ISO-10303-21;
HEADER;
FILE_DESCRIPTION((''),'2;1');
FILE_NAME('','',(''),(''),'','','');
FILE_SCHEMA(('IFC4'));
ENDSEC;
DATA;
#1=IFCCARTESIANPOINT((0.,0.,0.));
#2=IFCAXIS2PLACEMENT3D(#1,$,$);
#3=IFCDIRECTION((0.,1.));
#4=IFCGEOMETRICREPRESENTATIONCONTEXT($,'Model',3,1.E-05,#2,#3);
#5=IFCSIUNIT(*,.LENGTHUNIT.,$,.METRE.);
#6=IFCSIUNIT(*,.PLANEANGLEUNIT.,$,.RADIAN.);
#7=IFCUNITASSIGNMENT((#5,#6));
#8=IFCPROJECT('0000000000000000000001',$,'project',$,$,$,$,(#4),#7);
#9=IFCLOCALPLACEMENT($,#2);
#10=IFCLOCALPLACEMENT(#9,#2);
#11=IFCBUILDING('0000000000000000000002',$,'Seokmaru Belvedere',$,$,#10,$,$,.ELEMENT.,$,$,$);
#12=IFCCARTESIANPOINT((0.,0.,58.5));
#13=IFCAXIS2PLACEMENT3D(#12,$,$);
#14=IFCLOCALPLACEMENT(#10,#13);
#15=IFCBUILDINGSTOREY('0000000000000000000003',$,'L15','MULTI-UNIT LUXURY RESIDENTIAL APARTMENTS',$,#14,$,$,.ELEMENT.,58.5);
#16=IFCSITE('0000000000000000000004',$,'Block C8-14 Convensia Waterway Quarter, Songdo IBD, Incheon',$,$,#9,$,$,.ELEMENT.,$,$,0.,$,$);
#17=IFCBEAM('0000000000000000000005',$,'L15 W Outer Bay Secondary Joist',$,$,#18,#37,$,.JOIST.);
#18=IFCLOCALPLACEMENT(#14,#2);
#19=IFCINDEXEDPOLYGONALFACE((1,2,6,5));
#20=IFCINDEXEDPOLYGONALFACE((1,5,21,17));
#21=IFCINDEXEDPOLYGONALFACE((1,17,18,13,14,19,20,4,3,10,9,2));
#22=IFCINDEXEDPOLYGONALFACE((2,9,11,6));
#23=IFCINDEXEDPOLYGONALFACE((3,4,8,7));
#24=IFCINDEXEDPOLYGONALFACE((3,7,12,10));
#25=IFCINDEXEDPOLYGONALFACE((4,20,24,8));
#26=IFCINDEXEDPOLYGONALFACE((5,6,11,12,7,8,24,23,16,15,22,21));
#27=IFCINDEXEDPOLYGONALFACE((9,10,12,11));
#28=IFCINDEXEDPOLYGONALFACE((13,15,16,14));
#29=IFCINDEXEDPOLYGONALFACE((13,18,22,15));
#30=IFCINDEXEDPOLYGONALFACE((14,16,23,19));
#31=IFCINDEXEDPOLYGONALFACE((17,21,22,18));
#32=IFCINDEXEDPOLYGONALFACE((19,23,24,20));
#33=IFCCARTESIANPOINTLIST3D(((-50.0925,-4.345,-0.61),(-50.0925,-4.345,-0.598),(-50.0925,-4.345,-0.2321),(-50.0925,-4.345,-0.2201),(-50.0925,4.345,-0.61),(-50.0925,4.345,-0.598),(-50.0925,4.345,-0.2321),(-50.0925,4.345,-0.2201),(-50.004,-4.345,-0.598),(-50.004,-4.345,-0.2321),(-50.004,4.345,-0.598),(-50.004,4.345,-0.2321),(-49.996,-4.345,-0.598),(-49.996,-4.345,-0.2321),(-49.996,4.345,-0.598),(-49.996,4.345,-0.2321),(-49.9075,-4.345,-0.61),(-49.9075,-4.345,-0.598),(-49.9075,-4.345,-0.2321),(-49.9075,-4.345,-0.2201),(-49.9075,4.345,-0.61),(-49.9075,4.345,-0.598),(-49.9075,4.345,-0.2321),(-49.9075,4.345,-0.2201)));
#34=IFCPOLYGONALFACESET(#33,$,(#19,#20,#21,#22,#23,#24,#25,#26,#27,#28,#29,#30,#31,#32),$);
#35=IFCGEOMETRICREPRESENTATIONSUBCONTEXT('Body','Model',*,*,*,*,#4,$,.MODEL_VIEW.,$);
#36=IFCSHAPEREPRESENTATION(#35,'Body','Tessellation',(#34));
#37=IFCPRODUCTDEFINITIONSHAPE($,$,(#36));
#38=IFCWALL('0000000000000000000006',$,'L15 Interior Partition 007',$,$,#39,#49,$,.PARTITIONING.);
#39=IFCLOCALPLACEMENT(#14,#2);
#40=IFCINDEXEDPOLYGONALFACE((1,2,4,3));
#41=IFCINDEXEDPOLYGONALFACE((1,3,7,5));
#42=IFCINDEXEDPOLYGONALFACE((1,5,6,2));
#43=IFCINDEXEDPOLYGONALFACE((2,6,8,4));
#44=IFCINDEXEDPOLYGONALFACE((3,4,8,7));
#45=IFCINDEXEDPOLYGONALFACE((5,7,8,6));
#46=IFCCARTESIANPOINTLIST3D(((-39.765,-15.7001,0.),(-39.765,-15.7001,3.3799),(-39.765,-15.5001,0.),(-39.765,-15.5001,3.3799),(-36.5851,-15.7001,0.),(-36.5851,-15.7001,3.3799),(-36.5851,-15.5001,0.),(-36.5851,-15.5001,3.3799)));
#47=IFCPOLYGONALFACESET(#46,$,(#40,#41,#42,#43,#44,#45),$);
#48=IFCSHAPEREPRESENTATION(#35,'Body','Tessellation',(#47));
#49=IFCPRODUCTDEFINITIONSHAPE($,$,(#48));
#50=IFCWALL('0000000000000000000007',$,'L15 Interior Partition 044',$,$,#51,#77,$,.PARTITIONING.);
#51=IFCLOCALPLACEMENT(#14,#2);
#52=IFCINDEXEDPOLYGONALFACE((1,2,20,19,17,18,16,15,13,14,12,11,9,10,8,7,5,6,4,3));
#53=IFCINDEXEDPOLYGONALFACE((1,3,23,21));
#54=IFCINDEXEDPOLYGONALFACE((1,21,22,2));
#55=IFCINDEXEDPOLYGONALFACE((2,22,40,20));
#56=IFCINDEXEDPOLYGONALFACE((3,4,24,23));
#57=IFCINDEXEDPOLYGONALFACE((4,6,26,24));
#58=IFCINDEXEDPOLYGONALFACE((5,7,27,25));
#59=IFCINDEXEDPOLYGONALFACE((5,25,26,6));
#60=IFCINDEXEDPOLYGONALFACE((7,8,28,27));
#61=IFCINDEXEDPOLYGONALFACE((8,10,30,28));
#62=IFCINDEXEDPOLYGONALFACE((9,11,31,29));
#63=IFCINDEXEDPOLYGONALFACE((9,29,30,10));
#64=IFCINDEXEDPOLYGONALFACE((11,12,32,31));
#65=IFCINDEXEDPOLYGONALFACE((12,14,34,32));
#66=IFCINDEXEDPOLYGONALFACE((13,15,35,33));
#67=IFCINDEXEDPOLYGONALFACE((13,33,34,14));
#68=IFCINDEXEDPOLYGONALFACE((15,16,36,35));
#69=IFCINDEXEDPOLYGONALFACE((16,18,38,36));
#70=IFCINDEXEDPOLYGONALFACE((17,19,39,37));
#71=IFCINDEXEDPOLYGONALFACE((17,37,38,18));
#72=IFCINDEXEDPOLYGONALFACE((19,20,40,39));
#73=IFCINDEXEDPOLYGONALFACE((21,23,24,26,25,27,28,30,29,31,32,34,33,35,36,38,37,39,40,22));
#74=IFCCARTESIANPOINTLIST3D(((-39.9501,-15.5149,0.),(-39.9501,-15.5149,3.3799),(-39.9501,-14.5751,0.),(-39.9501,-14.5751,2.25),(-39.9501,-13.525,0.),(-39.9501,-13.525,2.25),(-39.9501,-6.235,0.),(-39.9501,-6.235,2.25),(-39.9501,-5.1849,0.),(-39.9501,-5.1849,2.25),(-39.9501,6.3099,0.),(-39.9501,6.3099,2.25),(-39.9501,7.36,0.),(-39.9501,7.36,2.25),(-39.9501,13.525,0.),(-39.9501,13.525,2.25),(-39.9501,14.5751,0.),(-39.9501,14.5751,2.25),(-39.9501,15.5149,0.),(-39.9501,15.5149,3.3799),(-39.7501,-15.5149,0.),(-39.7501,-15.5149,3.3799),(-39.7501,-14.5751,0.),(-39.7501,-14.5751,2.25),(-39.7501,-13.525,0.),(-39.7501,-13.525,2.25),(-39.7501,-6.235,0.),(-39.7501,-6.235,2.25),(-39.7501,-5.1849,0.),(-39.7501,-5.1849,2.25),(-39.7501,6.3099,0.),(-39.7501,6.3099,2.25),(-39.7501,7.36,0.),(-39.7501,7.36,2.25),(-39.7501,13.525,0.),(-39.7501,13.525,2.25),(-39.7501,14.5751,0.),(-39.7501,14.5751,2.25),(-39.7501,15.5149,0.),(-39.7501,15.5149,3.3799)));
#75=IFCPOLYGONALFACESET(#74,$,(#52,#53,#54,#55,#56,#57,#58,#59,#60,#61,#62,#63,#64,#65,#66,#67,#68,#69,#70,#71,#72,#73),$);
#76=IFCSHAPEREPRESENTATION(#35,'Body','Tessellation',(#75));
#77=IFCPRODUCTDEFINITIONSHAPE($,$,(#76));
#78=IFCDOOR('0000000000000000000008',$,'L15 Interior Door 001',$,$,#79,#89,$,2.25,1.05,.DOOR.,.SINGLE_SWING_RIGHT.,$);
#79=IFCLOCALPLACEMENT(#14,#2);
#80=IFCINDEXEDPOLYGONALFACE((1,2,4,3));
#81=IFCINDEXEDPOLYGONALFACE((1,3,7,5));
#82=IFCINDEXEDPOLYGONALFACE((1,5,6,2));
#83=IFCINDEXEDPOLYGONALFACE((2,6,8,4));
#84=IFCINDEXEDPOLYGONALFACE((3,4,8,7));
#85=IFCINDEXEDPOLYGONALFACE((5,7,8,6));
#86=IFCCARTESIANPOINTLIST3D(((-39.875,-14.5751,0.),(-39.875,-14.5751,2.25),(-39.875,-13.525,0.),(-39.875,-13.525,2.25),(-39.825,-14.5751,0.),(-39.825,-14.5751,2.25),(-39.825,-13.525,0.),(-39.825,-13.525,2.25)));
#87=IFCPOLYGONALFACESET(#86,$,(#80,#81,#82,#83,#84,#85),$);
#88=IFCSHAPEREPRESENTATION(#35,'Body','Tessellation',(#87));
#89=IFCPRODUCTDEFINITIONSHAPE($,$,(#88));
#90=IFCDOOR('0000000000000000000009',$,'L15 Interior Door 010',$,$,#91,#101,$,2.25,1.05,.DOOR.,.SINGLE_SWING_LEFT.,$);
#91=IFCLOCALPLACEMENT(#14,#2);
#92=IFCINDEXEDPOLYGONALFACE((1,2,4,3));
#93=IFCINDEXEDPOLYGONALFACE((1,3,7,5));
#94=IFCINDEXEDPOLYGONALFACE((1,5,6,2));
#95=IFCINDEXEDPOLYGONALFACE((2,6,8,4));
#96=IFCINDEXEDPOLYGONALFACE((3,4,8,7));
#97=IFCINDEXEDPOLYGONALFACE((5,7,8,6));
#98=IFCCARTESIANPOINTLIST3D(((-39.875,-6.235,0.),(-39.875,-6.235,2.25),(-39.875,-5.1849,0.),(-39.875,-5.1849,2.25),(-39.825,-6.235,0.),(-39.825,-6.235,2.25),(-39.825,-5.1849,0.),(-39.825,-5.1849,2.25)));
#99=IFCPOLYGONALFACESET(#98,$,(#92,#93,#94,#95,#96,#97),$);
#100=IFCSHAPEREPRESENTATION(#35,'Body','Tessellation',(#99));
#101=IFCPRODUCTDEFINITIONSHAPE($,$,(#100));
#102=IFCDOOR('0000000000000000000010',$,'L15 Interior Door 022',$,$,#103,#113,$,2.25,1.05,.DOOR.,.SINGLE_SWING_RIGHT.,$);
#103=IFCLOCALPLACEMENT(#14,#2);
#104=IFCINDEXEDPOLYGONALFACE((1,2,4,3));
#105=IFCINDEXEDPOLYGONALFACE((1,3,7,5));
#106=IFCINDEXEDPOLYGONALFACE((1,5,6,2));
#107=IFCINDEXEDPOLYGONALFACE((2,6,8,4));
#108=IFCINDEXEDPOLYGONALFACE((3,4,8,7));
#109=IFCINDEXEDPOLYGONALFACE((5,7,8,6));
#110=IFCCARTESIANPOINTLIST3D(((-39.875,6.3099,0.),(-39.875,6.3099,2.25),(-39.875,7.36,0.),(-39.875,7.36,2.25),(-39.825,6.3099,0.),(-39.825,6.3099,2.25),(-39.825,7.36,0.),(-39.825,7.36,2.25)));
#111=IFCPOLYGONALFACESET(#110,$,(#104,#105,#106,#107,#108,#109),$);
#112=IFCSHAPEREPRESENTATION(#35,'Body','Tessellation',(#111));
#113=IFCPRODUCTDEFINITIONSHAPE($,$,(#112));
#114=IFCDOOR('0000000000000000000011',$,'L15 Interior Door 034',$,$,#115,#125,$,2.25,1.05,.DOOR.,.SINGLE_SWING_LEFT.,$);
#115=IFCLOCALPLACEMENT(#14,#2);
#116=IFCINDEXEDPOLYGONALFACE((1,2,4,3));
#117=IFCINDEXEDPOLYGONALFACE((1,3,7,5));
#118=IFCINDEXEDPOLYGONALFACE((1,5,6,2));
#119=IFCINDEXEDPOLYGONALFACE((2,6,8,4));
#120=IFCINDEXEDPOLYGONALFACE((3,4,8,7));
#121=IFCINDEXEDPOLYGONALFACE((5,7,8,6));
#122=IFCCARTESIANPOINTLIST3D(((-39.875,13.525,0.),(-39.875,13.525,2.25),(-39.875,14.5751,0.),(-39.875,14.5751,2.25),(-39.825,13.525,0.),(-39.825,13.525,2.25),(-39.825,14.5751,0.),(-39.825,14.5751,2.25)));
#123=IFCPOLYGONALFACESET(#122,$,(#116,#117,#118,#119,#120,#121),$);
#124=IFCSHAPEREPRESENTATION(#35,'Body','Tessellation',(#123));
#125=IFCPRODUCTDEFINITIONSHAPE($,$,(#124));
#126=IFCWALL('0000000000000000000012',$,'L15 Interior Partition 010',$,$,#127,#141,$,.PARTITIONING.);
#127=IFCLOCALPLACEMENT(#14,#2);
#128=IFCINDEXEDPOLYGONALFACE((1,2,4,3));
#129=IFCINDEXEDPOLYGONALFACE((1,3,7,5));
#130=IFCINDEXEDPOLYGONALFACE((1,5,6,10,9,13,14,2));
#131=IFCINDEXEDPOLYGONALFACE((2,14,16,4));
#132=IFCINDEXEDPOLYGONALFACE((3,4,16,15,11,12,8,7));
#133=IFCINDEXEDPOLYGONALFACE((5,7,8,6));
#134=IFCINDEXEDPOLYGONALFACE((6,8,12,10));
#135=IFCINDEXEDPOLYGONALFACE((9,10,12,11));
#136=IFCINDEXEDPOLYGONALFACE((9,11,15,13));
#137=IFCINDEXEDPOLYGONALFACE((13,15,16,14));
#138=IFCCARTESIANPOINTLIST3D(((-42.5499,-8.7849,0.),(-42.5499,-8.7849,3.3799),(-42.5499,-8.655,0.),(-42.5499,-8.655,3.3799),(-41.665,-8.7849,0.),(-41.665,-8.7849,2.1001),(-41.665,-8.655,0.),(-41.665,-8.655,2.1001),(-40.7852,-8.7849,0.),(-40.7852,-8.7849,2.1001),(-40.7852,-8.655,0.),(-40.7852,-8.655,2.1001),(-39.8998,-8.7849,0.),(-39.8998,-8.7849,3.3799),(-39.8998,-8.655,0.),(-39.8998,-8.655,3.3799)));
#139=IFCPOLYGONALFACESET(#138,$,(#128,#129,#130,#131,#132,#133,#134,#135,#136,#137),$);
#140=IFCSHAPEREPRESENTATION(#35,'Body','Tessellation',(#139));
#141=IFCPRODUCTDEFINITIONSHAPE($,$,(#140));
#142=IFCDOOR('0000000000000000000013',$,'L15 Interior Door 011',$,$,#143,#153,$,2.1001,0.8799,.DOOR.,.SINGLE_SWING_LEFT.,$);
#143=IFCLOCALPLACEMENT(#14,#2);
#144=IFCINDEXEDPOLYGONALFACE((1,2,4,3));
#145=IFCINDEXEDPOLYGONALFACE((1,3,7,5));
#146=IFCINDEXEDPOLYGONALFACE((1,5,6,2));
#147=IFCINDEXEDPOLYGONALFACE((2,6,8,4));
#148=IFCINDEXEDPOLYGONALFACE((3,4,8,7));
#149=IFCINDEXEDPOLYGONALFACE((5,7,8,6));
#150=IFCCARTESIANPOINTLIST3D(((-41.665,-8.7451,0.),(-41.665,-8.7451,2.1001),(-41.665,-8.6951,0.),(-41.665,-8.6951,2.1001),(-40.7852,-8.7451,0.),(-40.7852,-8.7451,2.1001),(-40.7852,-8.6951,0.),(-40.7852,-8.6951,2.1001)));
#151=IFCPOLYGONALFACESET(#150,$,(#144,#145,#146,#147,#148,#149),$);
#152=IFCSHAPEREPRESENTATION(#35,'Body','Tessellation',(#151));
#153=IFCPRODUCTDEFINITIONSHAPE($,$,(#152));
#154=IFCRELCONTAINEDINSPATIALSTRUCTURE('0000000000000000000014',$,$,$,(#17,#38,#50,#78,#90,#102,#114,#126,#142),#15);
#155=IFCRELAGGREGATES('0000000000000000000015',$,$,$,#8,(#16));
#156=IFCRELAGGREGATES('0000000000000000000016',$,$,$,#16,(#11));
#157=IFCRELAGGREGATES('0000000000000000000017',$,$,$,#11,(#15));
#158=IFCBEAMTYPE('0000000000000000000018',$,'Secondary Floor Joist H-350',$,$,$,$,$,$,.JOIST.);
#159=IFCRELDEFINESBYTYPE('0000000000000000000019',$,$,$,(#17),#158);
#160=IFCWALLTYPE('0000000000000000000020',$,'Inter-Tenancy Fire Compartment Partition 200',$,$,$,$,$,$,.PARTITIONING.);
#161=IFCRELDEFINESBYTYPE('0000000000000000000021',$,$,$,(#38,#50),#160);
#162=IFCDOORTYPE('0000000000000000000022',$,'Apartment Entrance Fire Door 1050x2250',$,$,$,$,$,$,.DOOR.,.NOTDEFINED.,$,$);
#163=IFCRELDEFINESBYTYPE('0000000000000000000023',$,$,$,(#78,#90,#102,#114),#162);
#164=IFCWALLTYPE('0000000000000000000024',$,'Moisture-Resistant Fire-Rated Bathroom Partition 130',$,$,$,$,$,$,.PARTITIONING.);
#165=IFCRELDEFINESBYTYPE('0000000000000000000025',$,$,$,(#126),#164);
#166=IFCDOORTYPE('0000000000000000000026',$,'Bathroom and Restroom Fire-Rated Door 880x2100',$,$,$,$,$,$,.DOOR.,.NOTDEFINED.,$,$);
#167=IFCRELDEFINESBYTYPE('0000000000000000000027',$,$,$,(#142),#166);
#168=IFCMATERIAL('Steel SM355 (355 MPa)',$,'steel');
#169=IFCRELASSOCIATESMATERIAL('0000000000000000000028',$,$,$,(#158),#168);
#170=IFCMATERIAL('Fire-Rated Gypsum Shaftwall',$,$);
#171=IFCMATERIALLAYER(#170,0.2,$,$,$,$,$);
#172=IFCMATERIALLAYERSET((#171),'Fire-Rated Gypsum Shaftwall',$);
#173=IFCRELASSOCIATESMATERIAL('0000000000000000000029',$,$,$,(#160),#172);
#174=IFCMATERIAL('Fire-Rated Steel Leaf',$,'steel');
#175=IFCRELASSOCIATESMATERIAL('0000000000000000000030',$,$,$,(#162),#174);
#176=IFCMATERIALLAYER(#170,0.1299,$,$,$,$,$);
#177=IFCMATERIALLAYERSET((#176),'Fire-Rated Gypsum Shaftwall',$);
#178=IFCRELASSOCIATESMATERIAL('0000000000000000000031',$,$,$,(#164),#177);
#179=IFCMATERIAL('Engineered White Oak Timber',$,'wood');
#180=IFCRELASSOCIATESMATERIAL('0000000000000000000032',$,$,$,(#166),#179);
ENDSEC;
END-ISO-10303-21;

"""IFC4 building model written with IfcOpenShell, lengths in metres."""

from ifc_helpers import new_model, si_unit, direction, frame, frame_2d, origin, origin_2d, place, context, subcontext, project, spatial, rectangle, i_section, extrude, source, transform, mapped, material, layer, layer_set, material_profile, profile_set, type_object, type_shapes, element, fill, save


model = new_model("IFC4")

# Units and contexts
model_context = context("Model", 3, precision=1e-05, world=origin(), true_north=direction((0.0, 1.0)))
body_context = subcontext(model_context, "Body", "Model", "MODEL_VIEW")
ifc_project = project(units=[si_unit("LENGTHUNIT", "METRE"), si_unit("PLANEANGLEUNIT", "RADIAN")], contexts=[model_context])

# Site, building, storey
site_placement = place(None, origin())
site = spatial("IfcSite", under=ifc_project, at=site_placement, Name="Block C8-14 Convensia Waterway Quarter, Songdo IBD, Incheon", CompositionType="ELEMENT", RefElevation=0.0)
building_placement = place(site_placement, origin())
building = spatial("IfcBuilding", under=site, at=building_placement, Name="Seokmaru Belvedere", CompositionType="ELEMENT")
storey_placement = place(building_placement, frame((0.0, 0.0, 58.5)))
storey = spatial("IfcBuildingStorey", under=building, at=storey_placement, Name="L15", Description="MULTI-UNIT LUXURY RESIDENTIAL APARTMENTS", CompositionType="ELEMENT", Elevation=58.5)

# Beam
ifc_material_1 = material(Name="Steel SM355 (355 MPa)", Category="steel")
ifc_material_profile_1 = material_profile(ifc_material_1, i_section(OverallWidth=0.1851, OverallDepth=0.3899, WebThickness=0.0081, FlangeThickness=0.012, at=origin_2d()), Name="H-390x185x8x12")
ifc_profile_set_1 = profile_set([ifc_material_profile_1], Name="Steel SM355 (355 MPa)")
beam_type_1 = type_object("IfcBeamType", Name="Secondary Floor Joist H-350", PredefinedType="JOIST", material=ifc_profile_set_1)
shared_shape_1 = source(origin(), body_context, "Body", "SweptSolid", [
    extrude(i_section(OverallWidth=0.1851, OverallDepth=0.3899, WebThickness=0.0081, FlangeThickness=0.012, at=origin_2d()), origin(), (0.0, 0.0, 1.0), 8.6899),
])
type_shapes(beam_type_1, [shared_shape_1])
for number, where, z_axis, x_axis, name in (
    (1, (-50.0, -4.345, -0.415), (0.0, 1.0, 0.0), (-1.0, 0.0, 0.0), "L15 W Outer Bay Secondary Joist"),
):
    element("IfcBeam", number, at=place(storey_placement, frame(where, z_axis=z_axis, x_axis=x_axis)), inside=storey, type_object=beam_type_1, Name=name, PredefinedType="JOIST", context=body_context, shape_type="MappedRepresentation", body=[
        mapped(shared_shape_1, transform((0.0, 0.0, 0.0), scale=1.0)),
    ])

# Wall
ifc_material_2 = material(Name="Fire-Rated Gypsum Shaftwall")
ifc_layer_1 = layer(ifc_material_2, 0.2)
ifc_layer_set_1 = layer_set([ifc_layer_1], Name="Fire-Rated Gypsum Shaftwall")
wall_type_1 = type_object("IfcWallType", Name="Inter-Tenancy Fire Compartment Partition 200", PredefinedType="PARTITIONING", material=ifc_layer_set_1)
wall_1_placement = place(storey_placement, frame((-39.7649, -15.6001, 0.0), z_axis=(0.0, 0.0, 1.0), x_axis=(1.0, 0.0, 0.0)))
element("IfcWall", 2, at=wall_1_placement, inside=storey, type_object=wall_type_1, Name="L15 Interior Partition 007", PredefinedType="PARTITIONING", context=body_context, shape_type="SweptSolid", body=[
    extrude(rectangle(XDim=3.1799, YDim=0.2, at=frame_2d((1.5898, 0.0))), origin(), (0.0, 0.0, 1.0), 3.3799),
])

# Wall, openings, doors
wall_2_placement = place(storey_placement, frame((-39.8501, -15.5149, 0.0), z_axis=(0.0, 0.0, 1.0), x_axis=(0.0, 1.0, 0.0)))
wall_2 = element("IfcWall", 3, at=wall_2_placement, inside=storey, type_object=wall_type_1, Name="L15 Interior Partition 044", PredefinedType="PARTITIONING", context=body_context, shape_type="SweptSolid", body=[
    extrude(rectangle(XDim=31.0298, YDim=0.2, at=frame_2d((15.5149, 0.0))), origin(), (0.0, 0.0, 1.0), 3.3799),
])
opening_1_placement = place(wall_2_placement, frame((0.9399, 0.0, 0.0)))
opening_1 = element("IfcOpeningElement", 4, at=opening_1_placement, cuts=wall_2, PredefinedType="OPENING", context=body_context, shape_type="SweptSolid", body=[
    extrude(rectangle(XDim=1.05, YDim=2.25, at=frame_2d((0.5249, 1.125))), frame((0.0, 0.1099, 0.0), z_axis=(0.0, -1.0, 0.0), x_axis=(1.0, 0.0, 0.0)), (0.0, 0.0, 1.0), 0.22),
])
opening_2_placement = place(wall_2_placement, frame((9.28, 0.0, 0.0)))
opening_2 = element("IfcOpeningElement", 5, at=opening_2_placement, cuts=wall_2, PredefinedType="OPENING", context=body_context, shape_type="SweptSolid", body=[
    extrude(rectangle(XDim=1.05, YDim=2.25, at=frame_2d((0.5249, 1.125))), frame((0.0, 0.1099, 0.0), z_axis=(0.0, -1.0, 0.0), x_axis=(1.0, 0.0, 0.0)), (0.0, 0.0, 1.0), 0.22),
])
opening_3_placement = place(wall_2_placement, frame((21.825, 0.0, 0.0)))
opening_3 = element("IfcOpeningElement", 6, at=opening_3_placement, cuts=wall_2, PredefinedType="OPENING", context=body_context, shape_type="SweptSolid", body=[
    extrude(rectangle(XDim=1.05, YDim=2.25, at=frame_2d((0.5249, 1.125))), frame((0.0, 0.1099, 0.0), z_axis=(0.0, -1.0, 0.0), x_axis=(1.0, 0.0, 0.0)), (0.0, 0.0, 1.0), 0.22),
])
opening_4_placement = place(wall_2_placement, frame((29.04, 0.0, 0.0)))
opening_4 = element("IfcOpeningElement", 7, at=opening_4_placement, cuts=wall_2, PredefinedType="OPENING", context=body_context, shape_type="SweptSolid", body=[
    extrude(rectangle(XDim=1.05, YDim=2.25, at=frame_2d((0.5249, 1.125))), frame((0.0, 0.1099, 0.0), z_axis=(0.0, -1.0, 0.0), x_axis=(1.0, 0.0, 0.0)), (0.0, 0.0, 1.0), 0.22),
])
ifc_material_3 = material(Name="Fire-Rated Steel Leaf", Category="steel")
door_type_1 = type_object("IfcDoorType", Name="Apartment Entrance Fire Door 1050x2250", OperationType="NOTDEFINED", PredefinedType="DOOR", material=ifc_material_3)
shared_shape_2 = source(origin(), body_context, "Body", "SweptSolid", [
    extrude(rectangle(XDim=1.05, YDim=2.25, at=frame_2d((0.5249, 1.125))), frame((0.0, 0.0249, 0.0), z_axis=(0.0, -1.0, 0.0), x_axis=(1.0, 0.0, 0.0)), (0.0, 0.0, 1.0), 0.05),
])
type_shapes(door_type_1, [shared_shape_2])
door_1_placement = place(opening_1_placement, origin())
door_1 = element("IfcDoor", 8, at=door_1_placement, inside=storey, type_object=door_type_1, Name="L15 Interior Door 001", OperationType="SINGLE_SWING_RIGHT", OverallHeight=2.25, OverallWidth=1.05, PredefinedType="DOOR", context=body_context, shape_type="MappedRepresentation", body=[
    mapped(shared_shape_2, transform((0.0, 0.0, 0.0), scale=1.0)),
])
fill(opening_1, door_1)
door_2_placement = place(opening_2_placement, origin())
door_2 = element("IfcDoor", 9, at=door_2_placement, inside=storey, type_object=door_type_1, Name="L15 Interior Door 010", OperationType="SINGLE_SWING_LEFT", OverallHeight=2.25, OverallWidth=1.05, PredefinedType="DOOR", context=body_context, shape_type="MappedRepresentation", body=[
    mapped(shared_shape_2, transform((0.0, 0.0, 0.0), scale=1.0)),
])
fill(opening_2, door_2)
door_3_placement = place(opening_3_placement, origin())
door_3 = element("IfcDoor", 10, at=door_3_placement, inside=storey, type_object=door_type_1, Name="L15 Interior Door 022", OperationType="SINGLE_SWING_RIGHT", OverallHeight=2.25, OverallWidth=1.05, PredefinedType="DOOR", context=body_context, shape_type="MappedRepresentation", body=[
    mapped(shared_shape_2, transform((0.0, 0.0, 0.0), scale=1.0)),
])
fill(opening_3, door_3)
door_4_placement = place(opening_4_placement, origin())
door_4 = element("IfcDoor", 11, at=door_4_placement, inside=storey, type_object=door_type_1, Name="L15 Interior Door 034", OperationType="SINGLE_SWING_LEFT", OverallHeight=2.25, OverallWidth=1.05, PredefinedType="DOOR", context=body_context, shape_type="MappedRepresentation", body=[
    mapped(shared_shape_2, transform((0.0, 0.0, 0.0), scale=1.0)),
])
fill(opening_4, door_4)

# Wall, opening, door
ifc_layer_2 = layer(ifc_material_2, 0.1299)
ifc_layer_set_2 = layer_set([ifc_layer_2], Name="Fire-Rated Gypsum Shaftwall")
wall_type_2 = type_object("IfcWallType", Name="Moisture-Resistant Fire-Rated Bathroom Partition 130", PredefinedType="PARTITIONING", material=ifc_layer_set_2)
wall_3_placement = place(storey_placement, frame((-42.55, -8.72, 0.0), z_axis=(0.0, 0.0, 1.0), x_axis=(1.0, 0.0, 0.0)))
wall_3 = element("IfcWall", 12, at=wall_3_placement, inside=storey, type_object=wall_type_2, Name="L15 Interior Partition 010", PredefinedType="PARTITIONING", context=body_context, shape_type="SweptSolid", body=[
    extrude(rectangle(XDim=2.6501, YDim=0.1299, at=frame_2d((1.3252, 0.0))), origin(), (0.0, 0.0, 1.0), 3.3799),
])
opening_5_placement = place(wall_3_placement, frame((0.885, 0.0, 0.0)))
opening_5 = element("IfcOpeningElement", 13, at=opening_5_placement, cuts=wall_3, PredefinedType="OPENING", context=body_context, shape_type="SweptSolid", body=[
    extrude(rectangle(XDim=0.8799, YDim=2.1001, at=frame_2d((0.4399, 1.05))), frame((0.0, 0.075, 0.0), z_axis=(0.0, -1.0, 0.0), x_axis=(1.0, 0.0, 0.0)), (0.0, 0.0, 1.0), 0.1499),
])
ifc_material_4 = material(Name="Engineered White Oak Timber", Category="wood")
door_type_2 = type_object("IfcDoorType", Name="Bathroom and Restroom Fire-Rated Door 880x2100", OperationType="NOTDEFINED", PredefinedType="DOOR", material=ifc_material_4)
shared_shape_3 = source(origin(), body_context, "Body", "SweptSolid", [
    extrude(rectangle(XDim=0.8799, YDim=2.1001, at=frame_2d((0.4399, 1.05))), frame((0.0, 0.0249, 0.0), z_axis=(0.0, -1.0, 0.0), x_axis=(1.0, 0.0, 0.0)), (0.0, 0.0, 1.0), 0.05),
])
type_shapes(door_type_2, [shared_shape_3])
door_5_placement = place(opening_5_placement, origin())
door_5 = element("IfcDoor", 14, at=door_5_placement, inside=storey, type_object=door_type_2, Name="L15 Interior Door 011", OperationType="SINGLE_SWING_LEFT", OverallHeight=2.1001, OverallWidth=0.8799, PredefinedType="DOOR", context=body_context, shape_type="MappedRepresentation", body=[
    mapped(shared_shape_3, transform((0.0, 0.0, 0.0), scale=1.0)),
])
fill(opening_5, door_5)

save(model, "model.ifc")
